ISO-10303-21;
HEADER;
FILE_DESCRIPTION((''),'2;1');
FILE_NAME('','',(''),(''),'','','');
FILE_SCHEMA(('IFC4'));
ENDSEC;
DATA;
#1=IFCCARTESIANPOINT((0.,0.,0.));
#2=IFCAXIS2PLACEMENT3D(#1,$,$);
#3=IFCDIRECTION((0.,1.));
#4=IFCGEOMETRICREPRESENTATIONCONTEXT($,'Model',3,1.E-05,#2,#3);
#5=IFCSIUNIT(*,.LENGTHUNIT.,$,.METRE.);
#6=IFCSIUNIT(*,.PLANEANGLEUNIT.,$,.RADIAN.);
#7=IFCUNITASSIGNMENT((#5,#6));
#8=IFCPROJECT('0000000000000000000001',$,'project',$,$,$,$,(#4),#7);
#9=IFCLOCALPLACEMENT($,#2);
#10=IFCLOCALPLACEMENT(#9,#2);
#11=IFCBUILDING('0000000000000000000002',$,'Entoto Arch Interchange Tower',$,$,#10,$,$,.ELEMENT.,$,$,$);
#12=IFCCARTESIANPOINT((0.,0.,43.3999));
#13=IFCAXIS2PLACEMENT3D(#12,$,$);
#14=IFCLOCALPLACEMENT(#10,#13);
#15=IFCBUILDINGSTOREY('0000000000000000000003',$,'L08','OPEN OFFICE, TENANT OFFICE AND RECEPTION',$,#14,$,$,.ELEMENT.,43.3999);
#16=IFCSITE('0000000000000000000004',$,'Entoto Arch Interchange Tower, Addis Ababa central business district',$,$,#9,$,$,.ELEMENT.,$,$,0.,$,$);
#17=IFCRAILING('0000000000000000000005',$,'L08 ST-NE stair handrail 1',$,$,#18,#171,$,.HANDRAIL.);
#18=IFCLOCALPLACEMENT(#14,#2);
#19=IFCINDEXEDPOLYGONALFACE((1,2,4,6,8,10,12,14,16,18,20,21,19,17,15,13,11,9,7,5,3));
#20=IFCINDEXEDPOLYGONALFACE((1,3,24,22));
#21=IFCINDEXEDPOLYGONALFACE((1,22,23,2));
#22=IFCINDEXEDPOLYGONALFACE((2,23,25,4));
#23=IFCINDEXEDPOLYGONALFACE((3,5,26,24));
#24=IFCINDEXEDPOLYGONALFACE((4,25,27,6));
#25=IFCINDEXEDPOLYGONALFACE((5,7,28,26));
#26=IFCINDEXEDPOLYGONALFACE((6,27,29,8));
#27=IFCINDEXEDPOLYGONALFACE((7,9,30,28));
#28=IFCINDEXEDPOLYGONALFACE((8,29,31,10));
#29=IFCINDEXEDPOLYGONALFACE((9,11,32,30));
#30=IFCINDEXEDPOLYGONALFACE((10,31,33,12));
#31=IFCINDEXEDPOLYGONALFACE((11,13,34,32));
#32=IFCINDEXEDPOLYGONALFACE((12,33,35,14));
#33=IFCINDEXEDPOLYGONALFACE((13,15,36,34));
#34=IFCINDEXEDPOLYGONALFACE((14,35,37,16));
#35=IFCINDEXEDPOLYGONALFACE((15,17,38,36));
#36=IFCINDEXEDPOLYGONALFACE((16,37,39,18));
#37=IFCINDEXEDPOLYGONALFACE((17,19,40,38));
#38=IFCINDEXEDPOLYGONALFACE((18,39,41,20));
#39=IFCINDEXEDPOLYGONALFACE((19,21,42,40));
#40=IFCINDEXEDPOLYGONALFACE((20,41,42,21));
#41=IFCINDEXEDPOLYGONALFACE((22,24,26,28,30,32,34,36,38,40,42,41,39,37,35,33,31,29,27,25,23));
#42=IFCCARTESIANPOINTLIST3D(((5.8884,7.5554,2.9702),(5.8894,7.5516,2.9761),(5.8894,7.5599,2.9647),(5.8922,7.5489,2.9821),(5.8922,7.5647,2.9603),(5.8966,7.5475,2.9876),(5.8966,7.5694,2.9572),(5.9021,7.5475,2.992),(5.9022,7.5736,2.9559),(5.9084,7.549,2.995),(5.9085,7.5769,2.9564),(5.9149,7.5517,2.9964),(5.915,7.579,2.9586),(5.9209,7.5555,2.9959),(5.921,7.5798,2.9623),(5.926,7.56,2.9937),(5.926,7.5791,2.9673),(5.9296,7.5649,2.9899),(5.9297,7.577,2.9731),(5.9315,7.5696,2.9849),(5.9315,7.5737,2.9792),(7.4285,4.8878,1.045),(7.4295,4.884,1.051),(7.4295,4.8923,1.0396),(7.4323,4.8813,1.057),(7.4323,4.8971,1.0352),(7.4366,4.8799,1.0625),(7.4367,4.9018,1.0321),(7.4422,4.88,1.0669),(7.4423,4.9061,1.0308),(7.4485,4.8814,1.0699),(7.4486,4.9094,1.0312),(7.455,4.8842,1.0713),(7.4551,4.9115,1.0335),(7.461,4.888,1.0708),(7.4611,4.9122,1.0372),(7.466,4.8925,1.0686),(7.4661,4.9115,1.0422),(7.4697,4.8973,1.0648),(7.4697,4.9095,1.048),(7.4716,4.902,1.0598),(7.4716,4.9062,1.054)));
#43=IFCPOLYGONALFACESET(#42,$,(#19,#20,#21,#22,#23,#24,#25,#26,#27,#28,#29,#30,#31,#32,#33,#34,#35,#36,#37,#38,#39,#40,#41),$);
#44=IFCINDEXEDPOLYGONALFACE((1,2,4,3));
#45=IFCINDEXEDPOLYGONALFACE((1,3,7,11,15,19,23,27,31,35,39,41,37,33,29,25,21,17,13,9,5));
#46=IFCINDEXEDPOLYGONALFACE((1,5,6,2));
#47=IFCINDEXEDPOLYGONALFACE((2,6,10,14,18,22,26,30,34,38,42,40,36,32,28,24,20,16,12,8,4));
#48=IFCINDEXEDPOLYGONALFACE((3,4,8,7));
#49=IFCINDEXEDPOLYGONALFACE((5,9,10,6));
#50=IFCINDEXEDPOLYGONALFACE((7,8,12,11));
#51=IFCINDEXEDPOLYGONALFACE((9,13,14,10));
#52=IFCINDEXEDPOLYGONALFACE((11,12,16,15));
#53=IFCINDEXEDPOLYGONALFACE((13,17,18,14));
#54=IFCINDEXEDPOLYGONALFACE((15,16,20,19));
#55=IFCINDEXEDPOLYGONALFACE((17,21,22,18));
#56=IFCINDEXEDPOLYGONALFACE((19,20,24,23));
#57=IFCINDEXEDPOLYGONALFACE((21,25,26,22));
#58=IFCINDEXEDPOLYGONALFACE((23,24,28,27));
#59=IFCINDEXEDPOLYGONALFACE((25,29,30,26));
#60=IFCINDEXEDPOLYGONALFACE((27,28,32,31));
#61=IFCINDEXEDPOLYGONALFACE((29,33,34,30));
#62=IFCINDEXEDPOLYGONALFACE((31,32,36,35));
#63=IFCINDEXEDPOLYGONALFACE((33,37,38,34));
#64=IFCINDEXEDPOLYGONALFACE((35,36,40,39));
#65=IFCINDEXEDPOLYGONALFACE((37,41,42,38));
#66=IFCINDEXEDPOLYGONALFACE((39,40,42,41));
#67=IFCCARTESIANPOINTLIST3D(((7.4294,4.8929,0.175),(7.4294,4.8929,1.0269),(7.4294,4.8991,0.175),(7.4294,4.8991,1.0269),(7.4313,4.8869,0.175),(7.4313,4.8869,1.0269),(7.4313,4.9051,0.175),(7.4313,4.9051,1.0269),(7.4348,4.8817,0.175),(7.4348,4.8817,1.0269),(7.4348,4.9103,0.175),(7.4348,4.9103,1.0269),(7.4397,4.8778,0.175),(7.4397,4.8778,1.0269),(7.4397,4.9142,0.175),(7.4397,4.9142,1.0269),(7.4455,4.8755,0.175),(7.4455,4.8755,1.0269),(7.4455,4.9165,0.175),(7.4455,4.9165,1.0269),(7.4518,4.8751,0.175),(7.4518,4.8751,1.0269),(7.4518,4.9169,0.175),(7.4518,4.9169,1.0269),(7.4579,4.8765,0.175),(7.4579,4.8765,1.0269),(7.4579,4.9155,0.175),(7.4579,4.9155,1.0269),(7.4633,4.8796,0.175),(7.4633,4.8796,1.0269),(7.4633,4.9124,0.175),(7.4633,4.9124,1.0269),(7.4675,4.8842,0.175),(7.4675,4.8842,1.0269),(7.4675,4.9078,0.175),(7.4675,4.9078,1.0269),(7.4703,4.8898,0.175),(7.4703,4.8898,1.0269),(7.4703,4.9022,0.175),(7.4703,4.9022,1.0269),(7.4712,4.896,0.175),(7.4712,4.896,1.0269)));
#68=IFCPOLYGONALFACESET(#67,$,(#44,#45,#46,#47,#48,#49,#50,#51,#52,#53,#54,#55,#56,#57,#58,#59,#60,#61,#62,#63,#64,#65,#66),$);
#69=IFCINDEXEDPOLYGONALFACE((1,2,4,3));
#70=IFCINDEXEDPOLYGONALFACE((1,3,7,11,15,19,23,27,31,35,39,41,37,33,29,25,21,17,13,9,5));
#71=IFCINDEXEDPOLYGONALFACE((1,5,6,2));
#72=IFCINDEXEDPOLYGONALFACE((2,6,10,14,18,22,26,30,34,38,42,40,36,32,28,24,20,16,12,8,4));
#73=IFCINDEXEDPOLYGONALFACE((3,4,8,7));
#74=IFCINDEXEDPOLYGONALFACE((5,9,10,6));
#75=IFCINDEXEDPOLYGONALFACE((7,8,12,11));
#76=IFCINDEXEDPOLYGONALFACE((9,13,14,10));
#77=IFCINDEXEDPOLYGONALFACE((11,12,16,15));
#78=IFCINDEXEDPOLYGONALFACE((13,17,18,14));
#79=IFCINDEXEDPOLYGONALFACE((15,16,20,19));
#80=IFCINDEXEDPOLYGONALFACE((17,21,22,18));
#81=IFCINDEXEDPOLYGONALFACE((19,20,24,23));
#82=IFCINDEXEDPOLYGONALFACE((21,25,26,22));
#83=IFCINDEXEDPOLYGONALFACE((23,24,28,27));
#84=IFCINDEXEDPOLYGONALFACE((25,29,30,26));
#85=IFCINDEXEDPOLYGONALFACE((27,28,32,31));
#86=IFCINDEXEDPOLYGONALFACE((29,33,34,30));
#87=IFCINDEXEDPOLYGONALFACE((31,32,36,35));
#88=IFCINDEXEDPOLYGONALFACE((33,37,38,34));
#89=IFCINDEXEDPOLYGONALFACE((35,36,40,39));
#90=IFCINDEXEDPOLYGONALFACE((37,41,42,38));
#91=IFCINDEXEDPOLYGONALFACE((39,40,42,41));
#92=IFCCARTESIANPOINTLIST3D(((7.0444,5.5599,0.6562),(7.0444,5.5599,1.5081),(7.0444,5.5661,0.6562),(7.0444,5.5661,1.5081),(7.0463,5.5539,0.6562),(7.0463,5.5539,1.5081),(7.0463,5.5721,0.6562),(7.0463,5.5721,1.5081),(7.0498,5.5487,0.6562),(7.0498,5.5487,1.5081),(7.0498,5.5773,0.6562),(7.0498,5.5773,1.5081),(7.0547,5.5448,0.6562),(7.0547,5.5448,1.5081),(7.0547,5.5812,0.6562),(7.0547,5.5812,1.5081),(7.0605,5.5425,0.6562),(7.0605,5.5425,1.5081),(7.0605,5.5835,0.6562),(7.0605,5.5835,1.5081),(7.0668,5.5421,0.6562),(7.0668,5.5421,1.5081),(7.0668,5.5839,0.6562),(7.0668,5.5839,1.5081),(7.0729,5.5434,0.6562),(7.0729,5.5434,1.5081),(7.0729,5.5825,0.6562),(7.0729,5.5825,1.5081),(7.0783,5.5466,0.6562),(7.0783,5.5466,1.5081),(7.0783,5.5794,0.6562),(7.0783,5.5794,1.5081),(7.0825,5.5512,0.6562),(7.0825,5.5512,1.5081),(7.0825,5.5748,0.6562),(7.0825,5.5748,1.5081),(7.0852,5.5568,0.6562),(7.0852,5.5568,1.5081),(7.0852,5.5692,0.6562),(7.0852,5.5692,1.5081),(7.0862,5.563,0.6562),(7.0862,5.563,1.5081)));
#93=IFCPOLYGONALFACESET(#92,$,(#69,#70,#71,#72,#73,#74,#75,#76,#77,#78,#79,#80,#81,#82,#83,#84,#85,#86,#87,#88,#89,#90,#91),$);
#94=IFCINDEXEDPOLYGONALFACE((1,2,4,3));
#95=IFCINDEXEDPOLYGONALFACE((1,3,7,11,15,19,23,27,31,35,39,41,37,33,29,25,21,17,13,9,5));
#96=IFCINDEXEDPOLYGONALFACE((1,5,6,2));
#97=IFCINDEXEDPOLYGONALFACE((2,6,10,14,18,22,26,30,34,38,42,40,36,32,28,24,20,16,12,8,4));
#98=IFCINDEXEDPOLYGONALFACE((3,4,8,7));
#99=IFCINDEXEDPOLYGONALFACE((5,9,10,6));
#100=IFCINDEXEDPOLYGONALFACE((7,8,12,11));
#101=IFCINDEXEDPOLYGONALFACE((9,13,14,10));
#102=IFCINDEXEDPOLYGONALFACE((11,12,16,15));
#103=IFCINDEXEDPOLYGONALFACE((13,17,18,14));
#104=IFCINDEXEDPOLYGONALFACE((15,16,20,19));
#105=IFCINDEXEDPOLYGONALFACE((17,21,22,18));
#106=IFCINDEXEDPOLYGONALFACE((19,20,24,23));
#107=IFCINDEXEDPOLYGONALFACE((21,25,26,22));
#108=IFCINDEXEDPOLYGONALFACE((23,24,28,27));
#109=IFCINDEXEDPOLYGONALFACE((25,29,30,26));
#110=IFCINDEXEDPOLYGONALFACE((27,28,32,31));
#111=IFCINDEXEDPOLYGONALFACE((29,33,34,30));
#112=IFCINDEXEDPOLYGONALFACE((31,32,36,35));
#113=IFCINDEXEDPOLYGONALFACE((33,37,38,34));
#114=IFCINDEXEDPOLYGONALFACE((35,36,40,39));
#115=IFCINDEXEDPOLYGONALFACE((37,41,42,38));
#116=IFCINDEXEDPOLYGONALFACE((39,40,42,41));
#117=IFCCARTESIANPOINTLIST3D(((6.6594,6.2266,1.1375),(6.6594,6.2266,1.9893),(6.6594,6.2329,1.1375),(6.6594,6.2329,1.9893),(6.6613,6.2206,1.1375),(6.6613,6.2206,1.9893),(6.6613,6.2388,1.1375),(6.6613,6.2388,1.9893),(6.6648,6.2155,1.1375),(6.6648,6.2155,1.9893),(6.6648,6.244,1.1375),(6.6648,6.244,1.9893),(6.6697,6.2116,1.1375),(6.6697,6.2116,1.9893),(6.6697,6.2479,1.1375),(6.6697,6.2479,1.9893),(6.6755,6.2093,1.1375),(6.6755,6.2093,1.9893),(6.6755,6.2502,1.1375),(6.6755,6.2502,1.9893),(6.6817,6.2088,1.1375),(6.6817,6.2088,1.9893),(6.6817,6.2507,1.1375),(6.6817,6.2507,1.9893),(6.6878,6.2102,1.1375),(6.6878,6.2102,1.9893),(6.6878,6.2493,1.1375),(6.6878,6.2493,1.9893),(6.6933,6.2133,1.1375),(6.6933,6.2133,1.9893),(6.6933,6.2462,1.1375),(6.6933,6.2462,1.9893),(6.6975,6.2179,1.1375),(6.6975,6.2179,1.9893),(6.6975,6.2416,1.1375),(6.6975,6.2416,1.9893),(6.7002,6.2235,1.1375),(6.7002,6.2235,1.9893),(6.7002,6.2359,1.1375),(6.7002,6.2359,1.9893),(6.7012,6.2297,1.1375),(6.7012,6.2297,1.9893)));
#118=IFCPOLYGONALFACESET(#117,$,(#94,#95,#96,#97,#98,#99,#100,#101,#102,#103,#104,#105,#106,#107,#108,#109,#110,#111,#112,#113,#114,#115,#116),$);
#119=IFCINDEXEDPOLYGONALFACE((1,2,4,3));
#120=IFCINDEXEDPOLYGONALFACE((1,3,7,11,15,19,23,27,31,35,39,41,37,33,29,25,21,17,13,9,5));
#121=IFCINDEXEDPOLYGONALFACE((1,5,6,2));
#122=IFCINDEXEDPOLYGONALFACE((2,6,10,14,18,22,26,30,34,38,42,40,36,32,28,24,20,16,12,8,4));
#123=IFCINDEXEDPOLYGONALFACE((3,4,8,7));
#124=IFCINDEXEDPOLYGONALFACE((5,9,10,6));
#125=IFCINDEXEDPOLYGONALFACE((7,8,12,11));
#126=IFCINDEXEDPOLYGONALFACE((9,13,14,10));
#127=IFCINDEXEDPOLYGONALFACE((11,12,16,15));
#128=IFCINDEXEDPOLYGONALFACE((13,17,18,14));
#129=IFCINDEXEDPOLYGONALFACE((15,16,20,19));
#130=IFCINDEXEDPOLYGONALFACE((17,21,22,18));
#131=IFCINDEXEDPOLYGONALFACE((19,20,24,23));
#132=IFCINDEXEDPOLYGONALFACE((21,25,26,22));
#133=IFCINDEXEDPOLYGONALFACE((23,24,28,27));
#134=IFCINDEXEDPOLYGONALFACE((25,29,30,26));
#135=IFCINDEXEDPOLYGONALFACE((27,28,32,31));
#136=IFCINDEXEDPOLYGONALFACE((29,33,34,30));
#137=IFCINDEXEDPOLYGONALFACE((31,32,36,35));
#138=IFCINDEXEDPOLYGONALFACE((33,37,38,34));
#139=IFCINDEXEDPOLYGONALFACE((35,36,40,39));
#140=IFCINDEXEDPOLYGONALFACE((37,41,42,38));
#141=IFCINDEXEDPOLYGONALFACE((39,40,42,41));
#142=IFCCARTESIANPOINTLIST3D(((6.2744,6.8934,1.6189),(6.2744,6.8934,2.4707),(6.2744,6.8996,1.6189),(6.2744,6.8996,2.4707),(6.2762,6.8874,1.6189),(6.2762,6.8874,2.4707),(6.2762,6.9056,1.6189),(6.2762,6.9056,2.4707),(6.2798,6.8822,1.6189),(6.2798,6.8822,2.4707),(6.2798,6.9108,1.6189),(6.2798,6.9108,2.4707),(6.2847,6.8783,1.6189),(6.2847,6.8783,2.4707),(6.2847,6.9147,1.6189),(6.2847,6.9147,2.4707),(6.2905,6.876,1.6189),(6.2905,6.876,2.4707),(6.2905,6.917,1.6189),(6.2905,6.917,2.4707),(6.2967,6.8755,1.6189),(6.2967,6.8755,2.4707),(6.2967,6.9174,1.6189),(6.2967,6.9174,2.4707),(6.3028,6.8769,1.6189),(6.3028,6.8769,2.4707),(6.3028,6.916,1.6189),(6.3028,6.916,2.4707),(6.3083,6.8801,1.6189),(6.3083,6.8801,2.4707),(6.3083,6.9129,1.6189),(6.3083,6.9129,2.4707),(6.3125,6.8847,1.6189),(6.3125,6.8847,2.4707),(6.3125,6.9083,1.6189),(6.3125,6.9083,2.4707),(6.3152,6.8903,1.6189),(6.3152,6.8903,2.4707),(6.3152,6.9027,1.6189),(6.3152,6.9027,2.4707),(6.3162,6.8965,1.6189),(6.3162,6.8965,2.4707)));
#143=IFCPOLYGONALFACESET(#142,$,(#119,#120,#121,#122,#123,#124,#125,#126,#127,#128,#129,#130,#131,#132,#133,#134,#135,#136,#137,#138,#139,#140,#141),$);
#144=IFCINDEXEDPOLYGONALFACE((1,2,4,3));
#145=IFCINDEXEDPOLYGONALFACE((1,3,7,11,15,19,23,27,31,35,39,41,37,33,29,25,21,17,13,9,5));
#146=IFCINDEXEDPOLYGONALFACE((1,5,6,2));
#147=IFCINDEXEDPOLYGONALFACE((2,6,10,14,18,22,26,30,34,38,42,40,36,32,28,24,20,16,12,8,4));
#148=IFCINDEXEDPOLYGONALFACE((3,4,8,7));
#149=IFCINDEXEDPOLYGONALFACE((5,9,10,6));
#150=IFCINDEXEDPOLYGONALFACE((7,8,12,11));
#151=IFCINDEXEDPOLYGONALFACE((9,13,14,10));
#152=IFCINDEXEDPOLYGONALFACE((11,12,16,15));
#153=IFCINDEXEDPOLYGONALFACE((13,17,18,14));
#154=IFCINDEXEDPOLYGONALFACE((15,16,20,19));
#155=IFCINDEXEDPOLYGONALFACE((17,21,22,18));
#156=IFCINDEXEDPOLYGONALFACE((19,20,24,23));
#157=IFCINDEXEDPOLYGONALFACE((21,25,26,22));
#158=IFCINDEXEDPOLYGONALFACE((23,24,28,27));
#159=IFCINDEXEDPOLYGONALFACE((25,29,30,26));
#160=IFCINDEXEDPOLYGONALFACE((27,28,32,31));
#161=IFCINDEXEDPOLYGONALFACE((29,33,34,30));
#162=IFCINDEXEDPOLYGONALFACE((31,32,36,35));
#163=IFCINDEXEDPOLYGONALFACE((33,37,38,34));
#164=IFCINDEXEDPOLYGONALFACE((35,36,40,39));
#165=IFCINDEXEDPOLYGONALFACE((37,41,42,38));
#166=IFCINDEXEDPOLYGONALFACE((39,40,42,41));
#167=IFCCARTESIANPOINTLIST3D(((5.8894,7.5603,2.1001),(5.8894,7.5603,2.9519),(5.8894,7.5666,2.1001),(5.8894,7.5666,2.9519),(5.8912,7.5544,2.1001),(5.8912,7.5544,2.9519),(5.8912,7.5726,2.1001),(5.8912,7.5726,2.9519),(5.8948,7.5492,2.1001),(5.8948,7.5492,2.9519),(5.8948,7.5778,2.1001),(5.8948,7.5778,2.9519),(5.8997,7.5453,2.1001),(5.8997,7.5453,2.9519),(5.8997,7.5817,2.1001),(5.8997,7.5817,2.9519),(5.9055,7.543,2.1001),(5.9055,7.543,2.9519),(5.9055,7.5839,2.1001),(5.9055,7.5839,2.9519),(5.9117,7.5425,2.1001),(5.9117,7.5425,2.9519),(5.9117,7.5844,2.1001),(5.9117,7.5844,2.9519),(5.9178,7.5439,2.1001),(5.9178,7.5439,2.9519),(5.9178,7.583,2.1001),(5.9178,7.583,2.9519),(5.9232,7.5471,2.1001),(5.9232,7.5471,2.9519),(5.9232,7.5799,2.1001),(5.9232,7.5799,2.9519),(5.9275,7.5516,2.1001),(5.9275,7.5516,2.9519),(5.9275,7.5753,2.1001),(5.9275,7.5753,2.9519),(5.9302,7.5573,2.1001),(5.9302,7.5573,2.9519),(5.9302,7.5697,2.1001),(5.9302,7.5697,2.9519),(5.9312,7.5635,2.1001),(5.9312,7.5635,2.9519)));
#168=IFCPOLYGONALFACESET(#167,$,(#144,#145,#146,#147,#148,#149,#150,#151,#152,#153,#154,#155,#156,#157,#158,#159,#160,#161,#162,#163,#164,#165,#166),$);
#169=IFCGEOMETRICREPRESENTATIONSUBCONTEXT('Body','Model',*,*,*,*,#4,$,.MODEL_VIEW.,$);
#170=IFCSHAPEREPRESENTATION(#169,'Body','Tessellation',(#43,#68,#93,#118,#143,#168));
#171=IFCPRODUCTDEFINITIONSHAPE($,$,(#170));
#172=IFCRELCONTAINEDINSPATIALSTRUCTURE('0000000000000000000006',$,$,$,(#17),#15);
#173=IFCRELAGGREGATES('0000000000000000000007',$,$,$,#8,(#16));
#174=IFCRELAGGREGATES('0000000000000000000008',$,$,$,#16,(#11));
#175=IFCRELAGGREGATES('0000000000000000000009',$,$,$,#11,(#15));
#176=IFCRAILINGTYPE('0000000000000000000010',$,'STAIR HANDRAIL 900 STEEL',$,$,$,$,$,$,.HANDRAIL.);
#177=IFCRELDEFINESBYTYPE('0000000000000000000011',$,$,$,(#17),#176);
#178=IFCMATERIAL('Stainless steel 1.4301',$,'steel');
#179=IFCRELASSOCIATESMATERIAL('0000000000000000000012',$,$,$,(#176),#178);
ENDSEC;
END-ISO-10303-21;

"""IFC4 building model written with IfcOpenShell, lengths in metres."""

from ifc_helpers import new_model, si_unit, direction, frame, origin, origin_2d, place, context, subcontext, project, spatial, circle, extrude, material, type_object, element, save


model = new_model("IFC4")

# Units and contexts
model_context = context("Model", 3, precision=1e-05, world=origin(), true_north=direction((0.0, 1.0)))
body_context = subcontext(model_context, "Body", "Model", "MODEL_VIEW")
ifc_project = project(units=[si_unit("LENGTHUNIT", "METRE"), si_unit("PLANEANGLEUNIT", "RADIAN")], contexts=[model_context])

# Site, building, storey
site_placement = place(None, origin())
site = spatial("IfcSite", under=ifc_project, at=site_placement, Name="Entoto Arch Interchange Tower, Addis Ababa central business district", CompositionType="ELEMENT", RefElevation=0.0)
building_placement = place(site_placement, origin())
building = spatial("IfcBuilding", under=site, at=building_placement, Name="Entoto Arch Interchange Tower", CompositionType="ELEMENT")
storey_placement = place(building_placement, frame((0.0, 0.0, 43.3999)))
storey = spatial("IfcBuildingStorey", under=building, at=storey_placement, Name="L08", Description="OPEN OFFICE, TENANT OFFICE AND RECEPTION", CompositionType="ELEMENT", Elevation=43.3999)

# Railing
ifc_material_1 = material(Name="Stainless steel 1.4301", Category="steel")
railing_type_1 = type_object("IfcRailingType", Name="STAIR HANDRAIL 900 STEEL", PredefinedType="HANDRAIL", material=ifc_material_1)
railing_1_placement = place(storey_placement, frame((7.4502, 4.896, 0.175)))
element("IfcRailing", 1, at=railing_1_placement, inside=storey, type_object=railing_type_1, Name="L08 ST-NE stair handrail 1", PredefinedType="HANDRAIL", context=body_context, shape_type="SweptSolid", body=[
    extrude(circle(Radius=0.0239, at=origin_2d()), frame((0.0, 0.0, 0.876), z_axis=(-0.423994, 0.734395, 0.529993), x_axis=(-0.86603, -0.499992, 0.0)), (0.0, 0.0, 1.0), 3.6323),
    extrude(circle(Radius=0.021, at=origin_2d()), origin(), (0.0, 0.0, 1.0), 0.8518),
    extrude(circle(Radius=0.021, at=origin_2d()), frame((-0.385, 0.667, 0.4812)), (0.0, 0.0, 1.0), 0.8518),
    extrude(circle(Radius=0.021, at=origin_2d()), frame((-0.77, 1.3337, 0.9624)), (0.0, 0.0, 1.0), 0.8518),
    extrude(circle(Radius=0.021, at=origin_2d()), frame((-1.155, 2.0005, 1.4438)), (0.0, 0.0, 1.0), 0.8518),
    extrude(circle(Radius=0.021, at=origin_2d()), frame((-1.54, 2.6675, 1.925)), (0.0, 0.0, 1.0), 0.8518),
])

save(model, "model.ifc")
